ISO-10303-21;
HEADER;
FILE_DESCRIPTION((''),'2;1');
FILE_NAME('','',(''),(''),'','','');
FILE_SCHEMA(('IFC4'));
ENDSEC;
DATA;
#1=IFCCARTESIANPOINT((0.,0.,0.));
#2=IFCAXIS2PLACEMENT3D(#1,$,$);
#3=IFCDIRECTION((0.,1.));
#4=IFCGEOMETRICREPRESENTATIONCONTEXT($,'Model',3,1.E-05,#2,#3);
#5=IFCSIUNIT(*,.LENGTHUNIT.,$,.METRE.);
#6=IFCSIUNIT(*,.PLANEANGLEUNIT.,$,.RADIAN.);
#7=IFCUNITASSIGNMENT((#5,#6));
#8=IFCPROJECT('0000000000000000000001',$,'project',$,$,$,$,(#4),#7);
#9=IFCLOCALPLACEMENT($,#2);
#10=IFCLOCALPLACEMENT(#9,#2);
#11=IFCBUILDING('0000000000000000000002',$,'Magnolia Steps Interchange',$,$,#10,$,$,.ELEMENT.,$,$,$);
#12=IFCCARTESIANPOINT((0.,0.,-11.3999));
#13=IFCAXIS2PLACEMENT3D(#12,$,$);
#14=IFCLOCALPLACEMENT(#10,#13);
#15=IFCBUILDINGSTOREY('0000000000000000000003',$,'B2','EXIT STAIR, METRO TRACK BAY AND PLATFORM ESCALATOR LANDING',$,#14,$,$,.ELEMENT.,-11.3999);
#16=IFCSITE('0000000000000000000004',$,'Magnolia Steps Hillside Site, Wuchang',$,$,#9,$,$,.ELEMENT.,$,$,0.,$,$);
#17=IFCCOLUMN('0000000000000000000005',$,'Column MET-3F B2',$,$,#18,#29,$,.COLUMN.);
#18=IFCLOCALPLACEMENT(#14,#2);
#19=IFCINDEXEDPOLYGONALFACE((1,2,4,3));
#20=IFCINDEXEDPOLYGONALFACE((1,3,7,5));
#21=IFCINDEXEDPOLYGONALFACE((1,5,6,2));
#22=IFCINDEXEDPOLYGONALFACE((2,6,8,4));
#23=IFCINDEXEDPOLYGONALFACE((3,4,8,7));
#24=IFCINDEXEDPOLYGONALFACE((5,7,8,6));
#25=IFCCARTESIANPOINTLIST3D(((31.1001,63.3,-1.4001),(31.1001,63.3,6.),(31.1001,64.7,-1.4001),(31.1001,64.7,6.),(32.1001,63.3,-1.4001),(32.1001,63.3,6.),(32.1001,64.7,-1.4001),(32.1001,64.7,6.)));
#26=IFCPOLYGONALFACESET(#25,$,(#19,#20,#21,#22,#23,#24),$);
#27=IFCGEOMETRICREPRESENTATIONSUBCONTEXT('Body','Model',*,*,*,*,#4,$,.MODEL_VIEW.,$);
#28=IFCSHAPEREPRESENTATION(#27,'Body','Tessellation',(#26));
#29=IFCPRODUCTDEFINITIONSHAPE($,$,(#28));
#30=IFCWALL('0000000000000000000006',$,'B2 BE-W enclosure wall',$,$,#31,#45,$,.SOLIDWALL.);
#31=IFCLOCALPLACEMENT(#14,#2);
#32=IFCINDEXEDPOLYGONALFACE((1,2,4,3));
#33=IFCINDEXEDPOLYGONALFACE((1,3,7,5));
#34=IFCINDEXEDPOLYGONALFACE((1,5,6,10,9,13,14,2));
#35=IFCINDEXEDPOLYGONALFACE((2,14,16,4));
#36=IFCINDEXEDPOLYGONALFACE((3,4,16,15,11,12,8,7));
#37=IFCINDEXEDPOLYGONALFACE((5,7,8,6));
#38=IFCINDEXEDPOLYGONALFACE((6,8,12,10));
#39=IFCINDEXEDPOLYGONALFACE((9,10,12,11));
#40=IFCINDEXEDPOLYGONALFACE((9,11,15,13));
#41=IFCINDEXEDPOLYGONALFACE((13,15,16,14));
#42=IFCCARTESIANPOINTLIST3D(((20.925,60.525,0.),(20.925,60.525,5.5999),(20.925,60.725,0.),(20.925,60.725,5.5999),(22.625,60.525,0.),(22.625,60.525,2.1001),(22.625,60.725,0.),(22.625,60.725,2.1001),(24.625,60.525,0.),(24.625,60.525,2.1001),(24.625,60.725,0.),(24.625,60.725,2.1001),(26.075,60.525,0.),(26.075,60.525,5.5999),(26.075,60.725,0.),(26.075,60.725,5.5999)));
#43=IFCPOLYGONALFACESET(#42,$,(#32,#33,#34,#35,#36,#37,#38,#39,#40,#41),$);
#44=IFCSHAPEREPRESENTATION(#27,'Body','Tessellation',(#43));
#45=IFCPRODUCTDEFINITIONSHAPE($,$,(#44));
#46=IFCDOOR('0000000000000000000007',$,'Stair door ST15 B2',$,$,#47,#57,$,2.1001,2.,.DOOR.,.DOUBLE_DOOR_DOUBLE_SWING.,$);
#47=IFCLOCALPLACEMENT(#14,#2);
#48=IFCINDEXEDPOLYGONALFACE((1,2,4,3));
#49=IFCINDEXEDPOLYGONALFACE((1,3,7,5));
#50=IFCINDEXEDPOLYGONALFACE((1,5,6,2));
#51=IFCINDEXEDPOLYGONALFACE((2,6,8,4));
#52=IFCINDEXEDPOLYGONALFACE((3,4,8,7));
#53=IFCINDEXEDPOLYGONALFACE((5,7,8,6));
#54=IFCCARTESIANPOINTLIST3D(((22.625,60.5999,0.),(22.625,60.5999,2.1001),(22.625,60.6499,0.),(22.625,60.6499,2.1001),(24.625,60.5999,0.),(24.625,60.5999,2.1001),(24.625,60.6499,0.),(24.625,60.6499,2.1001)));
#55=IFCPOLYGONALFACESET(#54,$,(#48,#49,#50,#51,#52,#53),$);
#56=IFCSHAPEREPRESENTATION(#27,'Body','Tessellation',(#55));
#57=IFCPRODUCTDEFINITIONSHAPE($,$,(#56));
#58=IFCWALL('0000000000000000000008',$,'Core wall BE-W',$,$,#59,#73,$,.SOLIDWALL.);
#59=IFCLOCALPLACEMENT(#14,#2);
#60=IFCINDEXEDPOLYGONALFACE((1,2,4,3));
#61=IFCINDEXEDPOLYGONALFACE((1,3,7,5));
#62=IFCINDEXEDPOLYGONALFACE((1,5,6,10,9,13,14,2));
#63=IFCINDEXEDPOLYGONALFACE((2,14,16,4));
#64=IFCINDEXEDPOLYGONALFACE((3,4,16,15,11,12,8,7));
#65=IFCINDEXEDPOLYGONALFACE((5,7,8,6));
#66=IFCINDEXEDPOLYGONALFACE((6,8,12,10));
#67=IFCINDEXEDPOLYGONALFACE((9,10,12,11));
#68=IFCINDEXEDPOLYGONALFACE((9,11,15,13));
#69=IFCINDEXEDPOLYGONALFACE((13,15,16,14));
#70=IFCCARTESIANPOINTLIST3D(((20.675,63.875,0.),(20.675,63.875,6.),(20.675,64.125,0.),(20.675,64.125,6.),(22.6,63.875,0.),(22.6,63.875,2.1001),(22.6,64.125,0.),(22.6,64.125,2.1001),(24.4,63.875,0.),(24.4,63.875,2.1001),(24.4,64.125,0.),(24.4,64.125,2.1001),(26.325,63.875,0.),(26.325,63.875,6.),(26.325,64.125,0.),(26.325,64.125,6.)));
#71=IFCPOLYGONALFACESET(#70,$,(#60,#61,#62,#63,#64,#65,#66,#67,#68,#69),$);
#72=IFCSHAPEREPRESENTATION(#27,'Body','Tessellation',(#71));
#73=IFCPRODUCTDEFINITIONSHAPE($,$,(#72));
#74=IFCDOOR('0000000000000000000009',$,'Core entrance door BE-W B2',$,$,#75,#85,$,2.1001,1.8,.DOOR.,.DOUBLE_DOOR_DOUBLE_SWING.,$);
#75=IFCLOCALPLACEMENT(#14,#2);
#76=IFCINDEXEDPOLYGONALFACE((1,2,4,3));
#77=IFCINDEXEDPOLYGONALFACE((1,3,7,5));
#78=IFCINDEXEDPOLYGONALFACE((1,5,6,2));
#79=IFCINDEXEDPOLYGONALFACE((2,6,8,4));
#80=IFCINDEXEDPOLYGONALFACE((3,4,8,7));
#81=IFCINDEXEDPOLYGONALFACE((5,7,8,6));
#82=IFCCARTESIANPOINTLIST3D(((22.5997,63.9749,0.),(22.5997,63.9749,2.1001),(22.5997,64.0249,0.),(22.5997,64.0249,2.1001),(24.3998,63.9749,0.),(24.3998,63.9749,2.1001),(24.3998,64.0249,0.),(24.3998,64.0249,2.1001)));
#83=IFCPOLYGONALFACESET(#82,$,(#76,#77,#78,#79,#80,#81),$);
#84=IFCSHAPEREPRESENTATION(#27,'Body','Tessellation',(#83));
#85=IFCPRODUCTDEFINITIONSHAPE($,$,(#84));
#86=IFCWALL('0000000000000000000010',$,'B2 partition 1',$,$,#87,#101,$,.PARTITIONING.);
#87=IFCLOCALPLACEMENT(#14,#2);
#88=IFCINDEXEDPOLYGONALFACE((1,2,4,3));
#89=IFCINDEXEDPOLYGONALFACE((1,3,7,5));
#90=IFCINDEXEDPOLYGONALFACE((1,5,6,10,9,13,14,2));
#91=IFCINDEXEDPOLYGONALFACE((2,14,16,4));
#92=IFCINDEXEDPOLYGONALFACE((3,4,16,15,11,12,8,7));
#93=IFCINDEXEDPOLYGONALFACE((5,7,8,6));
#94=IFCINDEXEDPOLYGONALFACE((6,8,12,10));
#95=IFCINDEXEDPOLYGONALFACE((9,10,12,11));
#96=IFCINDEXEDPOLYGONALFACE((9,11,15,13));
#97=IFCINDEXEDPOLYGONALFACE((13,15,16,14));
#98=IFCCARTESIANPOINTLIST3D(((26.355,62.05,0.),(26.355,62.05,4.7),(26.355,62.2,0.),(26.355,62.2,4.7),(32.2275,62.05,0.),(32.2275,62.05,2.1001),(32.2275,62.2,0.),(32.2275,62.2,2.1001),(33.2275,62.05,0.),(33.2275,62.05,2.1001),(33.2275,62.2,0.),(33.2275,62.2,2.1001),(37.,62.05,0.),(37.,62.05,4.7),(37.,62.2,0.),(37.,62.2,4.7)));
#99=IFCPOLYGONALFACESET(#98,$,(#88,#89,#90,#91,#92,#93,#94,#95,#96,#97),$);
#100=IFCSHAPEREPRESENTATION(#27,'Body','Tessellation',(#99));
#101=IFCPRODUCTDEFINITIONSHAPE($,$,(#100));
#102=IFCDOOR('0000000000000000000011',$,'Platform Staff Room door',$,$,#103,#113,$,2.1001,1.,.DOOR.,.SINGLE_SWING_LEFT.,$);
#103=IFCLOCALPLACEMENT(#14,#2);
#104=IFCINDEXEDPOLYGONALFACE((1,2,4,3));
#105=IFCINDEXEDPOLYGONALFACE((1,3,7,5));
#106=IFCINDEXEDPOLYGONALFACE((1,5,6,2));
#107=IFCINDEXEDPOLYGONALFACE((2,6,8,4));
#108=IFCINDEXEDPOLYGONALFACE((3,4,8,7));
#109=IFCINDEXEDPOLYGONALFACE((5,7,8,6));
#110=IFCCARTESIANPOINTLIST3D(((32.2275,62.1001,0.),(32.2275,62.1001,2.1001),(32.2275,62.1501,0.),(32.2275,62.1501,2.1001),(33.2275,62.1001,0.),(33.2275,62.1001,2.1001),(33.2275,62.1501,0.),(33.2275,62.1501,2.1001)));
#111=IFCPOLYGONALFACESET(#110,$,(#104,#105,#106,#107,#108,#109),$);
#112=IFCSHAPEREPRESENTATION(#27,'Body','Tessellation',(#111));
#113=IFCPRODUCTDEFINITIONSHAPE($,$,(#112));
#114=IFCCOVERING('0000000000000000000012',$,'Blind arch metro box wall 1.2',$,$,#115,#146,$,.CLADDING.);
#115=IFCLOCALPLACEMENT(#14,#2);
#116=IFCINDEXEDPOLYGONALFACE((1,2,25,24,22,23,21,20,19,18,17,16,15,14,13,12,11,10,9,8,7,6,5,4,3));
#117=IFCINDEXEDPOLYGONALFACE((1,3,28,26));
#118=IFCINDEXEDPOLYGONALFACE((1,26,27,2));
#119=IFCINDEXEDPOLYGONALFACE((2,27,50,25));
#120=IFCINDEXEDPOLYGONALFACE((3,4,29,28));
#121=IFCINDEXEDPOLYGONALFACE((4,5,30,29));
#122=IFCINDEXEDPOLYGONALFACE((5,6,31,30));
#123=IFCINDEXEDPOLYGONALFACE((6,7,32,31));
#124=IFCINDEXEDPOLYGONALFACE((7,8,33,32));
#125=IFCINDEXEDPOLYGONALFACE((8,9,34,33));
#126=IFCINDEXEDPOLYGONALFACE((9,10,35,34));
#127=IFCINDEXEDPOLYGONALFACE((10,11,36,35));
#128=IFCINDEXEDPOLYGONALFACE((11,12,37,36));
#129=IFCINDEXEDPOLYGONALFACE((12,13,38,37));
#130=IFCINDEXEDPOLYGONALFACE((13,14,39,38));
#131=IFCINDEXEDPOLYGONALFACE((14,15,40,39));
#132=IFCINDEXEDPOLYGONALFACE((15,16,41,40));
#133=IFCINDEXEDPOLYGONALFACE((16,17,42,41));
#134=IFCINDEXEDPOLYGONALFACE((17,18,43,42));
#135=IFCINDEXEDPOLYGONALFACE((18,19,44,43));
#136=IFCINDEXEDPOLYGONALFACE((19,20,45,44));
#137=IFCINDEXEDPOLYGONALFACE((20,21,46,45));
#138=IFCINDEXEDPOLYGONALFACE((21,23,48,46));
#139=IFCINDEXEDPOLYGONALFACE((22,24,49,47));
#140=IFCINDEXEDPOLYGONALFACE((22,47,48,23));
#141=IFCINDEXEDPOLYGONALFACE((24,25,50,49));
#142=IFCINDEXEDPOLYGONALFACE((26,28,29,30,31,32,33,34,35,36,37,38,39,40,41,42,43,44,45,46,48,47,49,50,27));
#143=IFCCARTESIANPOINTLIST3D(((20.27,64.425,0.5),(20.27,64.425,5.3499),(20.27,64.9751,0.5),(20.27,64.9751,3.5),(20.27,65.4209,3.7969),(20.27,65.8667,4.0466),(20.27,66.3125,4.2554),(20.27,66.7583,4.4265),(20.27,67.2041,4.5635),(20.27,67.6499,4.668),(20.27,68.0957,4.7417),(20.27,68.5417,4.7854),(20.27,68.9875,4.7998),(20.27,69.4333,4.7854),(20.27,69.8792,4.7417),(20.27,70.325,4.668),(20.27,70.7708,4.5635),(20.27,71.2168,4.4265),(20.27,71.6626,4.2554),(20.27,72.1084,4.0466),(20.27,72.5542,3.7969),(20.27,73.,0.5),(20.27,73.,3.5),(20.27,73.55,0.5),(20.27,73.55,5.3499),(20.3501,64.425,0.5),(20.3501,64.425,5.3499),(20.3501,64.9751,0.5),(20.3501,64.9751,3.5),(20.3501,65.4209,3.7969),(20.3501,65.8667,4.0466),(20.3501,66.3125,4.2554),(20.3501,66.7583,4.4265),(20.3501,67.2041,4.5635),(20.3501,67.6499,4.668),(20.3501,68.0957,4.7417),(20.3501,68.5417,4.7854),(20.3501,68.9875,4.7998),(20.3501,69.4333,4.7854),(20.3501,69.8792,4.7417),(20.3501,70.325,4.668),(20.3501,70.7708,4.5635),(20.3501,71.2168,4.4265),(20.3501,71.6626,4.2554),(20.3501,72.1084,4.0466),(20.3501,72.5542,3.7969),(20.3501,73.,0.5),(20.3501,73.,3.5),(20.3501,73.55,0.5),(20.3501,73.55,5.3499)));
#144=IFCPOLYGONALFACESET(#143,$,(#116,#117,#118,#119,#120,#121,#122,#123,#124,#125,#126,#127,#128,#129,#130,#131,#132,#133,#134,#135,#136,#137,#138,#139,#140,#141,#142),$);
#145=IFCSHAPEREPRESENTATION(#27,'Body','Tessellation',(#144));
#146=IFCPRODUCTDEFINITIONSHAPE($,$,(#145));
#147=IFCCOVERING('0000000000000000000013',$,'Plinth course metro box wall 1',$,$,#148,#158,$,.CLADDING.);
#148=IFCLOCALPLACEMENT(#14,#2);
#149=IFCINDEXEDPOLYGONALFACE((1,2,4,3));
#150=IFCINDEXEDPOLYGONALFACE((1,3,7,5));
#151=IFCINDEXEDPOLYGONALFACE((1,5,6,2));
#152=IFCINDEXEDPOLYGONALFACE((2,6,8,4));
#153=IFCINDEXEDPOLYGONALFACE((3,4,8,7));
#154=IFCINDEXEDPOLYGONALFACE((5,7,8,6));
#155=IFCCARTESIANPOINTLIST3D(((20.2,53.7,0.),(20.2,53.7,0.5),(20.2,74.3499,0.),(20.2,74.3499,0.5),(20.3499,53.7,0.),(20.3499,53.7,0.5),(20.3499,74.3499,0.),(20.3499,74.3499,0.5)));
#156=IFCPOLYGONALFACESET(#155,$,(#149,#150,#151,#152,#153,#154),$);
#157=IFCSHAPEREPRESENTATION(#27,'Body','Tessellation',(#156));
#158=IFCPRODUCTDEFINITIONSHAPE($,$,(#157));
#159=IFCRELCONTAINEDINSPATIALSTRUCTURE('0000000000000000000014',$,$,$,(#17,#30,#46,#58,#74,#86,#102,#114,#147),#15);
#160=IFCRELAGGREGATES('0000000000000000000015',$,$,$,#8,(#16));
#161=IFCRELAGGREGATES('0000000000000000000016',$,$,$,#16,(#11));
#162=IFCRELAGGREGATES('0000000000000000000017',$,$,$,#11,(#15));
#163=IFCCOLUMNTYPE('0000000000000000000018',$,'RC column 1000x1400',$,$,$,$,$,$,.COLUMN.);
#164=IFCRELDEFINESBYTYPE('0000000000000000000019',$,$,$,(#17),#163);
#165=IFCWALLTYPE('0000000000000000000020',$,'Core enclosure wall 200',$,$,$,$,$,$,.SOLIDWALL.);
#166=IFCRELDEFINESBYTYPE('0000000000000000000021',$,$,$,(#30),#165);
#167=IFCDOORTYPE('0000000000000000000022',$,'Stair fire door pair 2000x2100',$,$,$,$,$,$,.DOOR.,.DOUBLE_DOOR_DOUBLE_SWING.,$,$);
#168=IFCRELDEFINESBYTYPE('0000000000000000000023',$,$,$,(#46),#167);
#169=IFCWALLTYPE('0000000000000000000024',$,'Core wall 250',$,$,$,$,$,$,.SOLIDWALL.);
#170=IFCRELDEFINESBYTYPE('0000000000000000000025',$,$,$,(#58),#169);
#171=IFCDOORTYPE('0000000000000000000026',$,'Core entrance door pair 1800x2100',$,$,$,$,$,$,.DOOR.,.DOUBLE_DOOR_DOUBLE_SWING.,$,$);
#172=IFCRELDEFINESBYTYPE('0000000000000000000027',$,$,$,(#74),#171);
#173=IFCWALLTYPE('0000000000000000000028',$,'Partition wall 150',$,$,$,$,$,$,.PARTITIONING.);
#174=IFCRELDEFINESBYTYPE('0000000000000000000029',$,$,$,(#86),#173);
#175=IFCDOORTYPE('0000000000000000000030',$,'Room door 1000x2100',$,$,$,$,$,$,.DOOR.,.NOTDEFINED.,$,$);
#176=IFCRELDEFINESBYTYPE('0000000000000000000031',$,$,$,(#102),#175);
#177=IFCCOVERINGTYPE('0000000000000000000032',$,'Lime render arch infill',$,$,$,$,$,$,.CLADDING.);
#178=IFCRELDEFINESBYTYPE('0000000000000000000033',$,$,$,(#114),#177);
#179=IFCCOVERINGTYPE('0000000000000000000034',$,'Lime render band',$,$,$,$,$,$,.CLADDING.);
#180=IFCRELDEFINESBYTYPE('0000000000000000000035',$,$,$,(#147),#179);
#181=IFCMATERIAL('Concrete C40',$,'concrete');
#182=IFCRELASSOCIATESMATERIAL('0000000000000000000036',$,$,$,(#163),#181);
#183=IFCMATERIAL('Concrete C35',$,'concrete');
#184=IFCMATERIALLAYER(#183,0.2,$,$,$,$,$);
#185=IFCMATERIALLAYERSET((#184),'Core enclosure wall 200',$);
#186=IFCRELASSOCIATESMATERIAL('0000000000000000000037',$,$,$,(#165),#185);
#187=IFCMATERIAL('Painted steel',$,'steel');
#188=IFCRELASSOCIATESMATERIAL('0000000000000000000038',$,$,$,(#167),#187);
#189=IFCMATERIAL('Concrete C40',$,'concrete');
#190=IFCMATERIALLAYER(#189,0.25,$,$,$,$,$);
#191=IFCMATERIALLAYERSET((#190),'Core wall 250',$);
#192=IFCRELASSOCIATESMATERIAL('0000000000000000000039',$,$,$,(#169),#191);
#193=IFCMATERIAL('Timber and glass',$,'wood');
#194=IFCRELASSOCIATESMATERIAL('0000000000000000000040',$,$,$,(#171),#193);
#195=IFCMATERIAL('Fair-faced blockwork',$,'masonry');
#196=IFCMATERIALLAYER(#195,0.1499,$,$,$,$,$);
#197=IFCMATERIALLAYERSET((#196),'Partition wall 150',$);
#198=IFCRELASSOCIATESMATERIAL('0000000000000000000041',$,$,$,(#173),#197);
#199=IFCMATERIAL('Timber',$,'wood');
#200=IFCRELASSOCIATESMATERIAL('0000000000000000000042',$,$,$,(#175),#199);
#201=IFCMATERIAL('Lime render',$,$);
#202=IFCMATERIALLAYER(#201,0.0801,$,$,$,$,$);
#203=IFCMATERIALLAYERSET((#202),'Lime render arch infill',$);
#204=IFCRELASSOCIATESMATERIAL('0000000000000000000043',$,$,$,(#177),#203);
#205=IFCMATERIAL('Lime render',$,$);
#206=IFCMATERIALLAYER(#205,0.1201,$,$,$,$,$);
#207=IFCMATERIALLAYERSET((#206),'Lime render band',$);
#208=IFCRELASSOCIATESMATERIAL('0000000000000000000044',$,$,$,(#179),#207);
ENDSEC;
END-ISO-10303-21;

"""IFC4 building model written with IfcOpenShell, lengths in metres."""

from ifc_helpers import new_model, si_unit, direction, frame, frame_2d, origin, origin_2d, place, context, subcontext, project, spatial, polyline, rectangle, outline, extrude, material, layer, layer_set, material_profile, profile_set, type_object, element, fill, save


model = new_model("IFC4")

# Units and contexts
model_context = context("Model", 3, precision=1e-05, world=origin(), true_north=direction((0.0, 1.0)))
body_context = subcontext(model_context, "Body", "Model", "MODEL_VIEW")
ifc_project = project(units=[si_unit("LENGTHUNIT", "METRE"), si_unit("PLANEANGLEUNIT", "RADIAN")], contexts=[model_context])

# Site, building, storey
site_placement = place(None, origin())
site = spatial("IfcSite", under=ifc_project, at=site_placement, Name="Magnolia Steps Hillside Site, Wuchang", CompositionType="ELEMENT", RefElevation=0.0)
building_placement = place(site_placement, origin())
building = spatial("IfcBuilding", under=site, at=building_placement, Name="Magnolia Steps Interchange", CompositionType="ELEMENT")
storey_placement = place(building_placement, frame((0.0, 0.0, -11.3999)))
storey = spatial("IfcBuildingStorey", under=building, at=storey_placement, Name="B2", Description="EXIT STAIR, METRO TRACK BAY AND PLATFORM ESCALATOR LANDING", CompositionType="ELEMENT", Elevation=-11.3999)

# Column
ifc_material_1 = material(Name="Concrete C40", Category="concrete")
ifc_material_profile_1 = material_profile(ifc_material_1, rectangle(XDim=1.0, YDim=1.3999, at=origin_2d()), Name="RC1000x1400")
ifc_profile_set_1 = profile_set([ifc_material_profile_1], Name="Concrete C40")
column_type = type_object("IfcColumnType", Name="RC column 1000x1400", PredefinedType="COLUMN", material=ifc_profile_set_1)
column_placement = place(storey_placement, frame((31.6001, 64.0, -1.4001), z_axis=(0.0, 0.0, 1.0), x_axis=(1.0, 0.0, 0.0)))
element("IfcColumn", 1, at=column_placement, inside=storey, type_object=column_type, Name="Column MET-3F B2", PredefinedType="COLUMN", context=body_context, shape_type="SweptSolid", body=[
    extrude(rectangle(XDim=1.0, YDim=1.3999, at=origin_2d()), origin(), (0.0, 0.0, 1.0), 7.4001),
])

# Walls, openings, doors
ifc_material_2 = material(Name="Concrete C35", Category="concrete")
ifc_layer_1 = layer(ifc_material_2, 0.2)
ifc_layer_set_1 = layer_set([ifc_layer_1], Name="Core enclosure wall 200")
wall_type_1 = type_object("IfcWallType", Name="Core enclosure wall 200", PredefinedType="SOLIDWALL", material=ifc_layer_set_1)
wall_1_placement = place(storey_placement, frame((26.075, 60.625, 0.0), z_axis=(0.0, 0.0, 1.0), x_axis=(-1.0, 0.0, 0.0)))
wall_1 = element("IfcWall", 2, at=wall_1_placement, inside=storey, type_object=wall_type_1, Name="B2 BE-W enclosure wall", PredefinedType="SOLIDWALL", context=body_context, shape_type="SweptSolid", body=[
    extrude(rectangle(XDim=5.1499, YDim=0.2, at=frame_2d((2.575, 0.0))), origin(), (0.0, 0.0, 1.0), 5.5999),
])
opening_1_placement = place(wall_1_placement, frame((1.45, 0.0, 0.0)))
opening_1 = element("IfcOpeningElement", 3, at=opening_1_placement, cuts=wall_1, PredefinedType="OPENING", context=body_context, shape_type="SweptSolid", body=[
    extrude(rectangle(XDim=2.0, YDim=2.1001, at=frame_2d((1.0, 1.05))), frame((0.0, 0.1099, 0.0), z_axis=(0.0, -1.0, 0.0), x_axis=(1.0, 0.0, 0.0)), (0.0, 0.0, 1.0), 0.22),
])
ifc_material_3 = material(Name="Painted steel", Category="steel")
door_type_1 = type_object("IfcDoorType", Name="Stair fire door pair 2000x2100", OperationType="DOUBLE_DOOR_DOUBLE_SWING", PredefinedType="DOOR", material=ifc_material_3)
door_1_placement = place(opening_1_placement, frame((2.0, 0.0, 0.0), z_axis=(0.0, 0.0, 1.0), x_axis=(-1.0, 0.0, 0.0)))
door_1 = element("IfcDoor", 4, at=door_1_placement, inside=storey, type_object=door_type_1, Name="Stair door ST15 B2", OperationType="DOUBLE_DOOR_DOUBLE_SWING", OverallHeight=2.1001, OverallWidth=2.0, PredefinedType="DOOR", context=body_context, shape_type="SweptSolid", body=[
    extrude(rectangle(XDim=2.0, YDim=2.1001, at=frame_2d((1.0, 1.05))), frame((0.0, 0.0249, 0.0), z_axis=(0.0, -1.0, 0.0), x_axis=(1.0, 0.0, 0.0)), (0.0, 0.0, 1.0), 0.05),
])
fill(opening_1, door_1)
ifc_material_4 = material(Name="Concrete C40", Category="concrete")
ifc_layer_2 = layer(ifc_material_4, 0.25)
ifc_layer_set_2 = layer_set([ifc_layer_2], Name="Core wall 250")
wall_type_2 = type_object("IfcWallType", Name="Core wall 250", PredefinedType="SOLIDWALL", material=ifc_layer_set_2)
wall_2_placement = place(storey_placement, frame((26.325, 64.0, 0.0), z_axis=(0.0, 0.0, 1.0), x_axis=(-1.0, 0.0, 0.0)))
wall_2 = element("IfcWall", 5, at=wall_2_placement, inside=storey, type_object=wall_type_2, Name="Core wall BE-W", PredefinedType="SOLIDWALL", context=body_context, shape_type="SweptSolid", body=[
    extrude(rectangle(XDim=5.6499, YDim=0.25, at=frame_2d((2.825, 0.0))), origin(), (0.0, 0.0, 1.0), 6.0),
])
opening_2_placement = place(wall_2_placement, frame((1.925, 0.0, 0.0)))
opening_2 = element("IfcOpeningElement", 6, at=opening_2_placement, cuts=wall_2, PredefinedType="OPENING", context=body_context, shape_type="SweptSolid", body=[
    extrude(rectangle(XDim=1.8, YDim=2.1001, at=frame_2d((0.8999, 1.05))), frame((0.0, 0.135, 0.0), z_axis=(0.0, -1.0, 0.0), x_axis=(1.0, 0.0, 0.0)), (0.0, 0.0, 1.0), 0.27),
])
ifc_material_5 = material(Name="Timber and glass", Category="wood")
door_type_2 = type_object("IfcDoorType", Name="Core entrance door pair 1800x2100", OperationType="DOUBLE_DOOR_DOUBLE_SWING", PredefinedType="DOOR", material=ifc_material_5)
door_2_placement = place(opening_2_placement, frame((1.8, 0.0, 0.0), z_axis=(0.0, 0.0, 1.0), x_axis=(-1.0, 0.0, 0.0)))
door_2 = element("IfcDoor", 7, at=door_2_placement, inside=storey, type_object=door_type_2, Name="Core entrance door BE-W B2", OperationType="DOUBLE_DOOR_DOUBLE_SWING", OverallHeight=2.1001, OverallWidth=1.8, PredefinedType="DOOR", context=body_context, shape_type="SweptSolid", body=[
    extrude(rectangle(XDim=1.8, YDim=2.1001, at=frame_2d((0.8999, 1.05))), frame((0.0, 0.0249, 0.0), z_axis=(0.0, -1.0, 0.0), x_axis=(1.0, 0.0, 0.0)), (0.0, 0.0, 1.0), 0.05),
])
fill(opening_2, door_2)
ifc_material_6 = material(Name="Fair-faced blockwork", Category="masonry")
ifc_layer_3 = layer(ifc_material_6, 0.1499)
ifc_layer_set_3 = layer_set([ifc_layer_3], Name="Partition wall 150")
wall_type_3 = type_object("IfcWallType", Name="Partition wall 150", PredefinedType="PARTITIONING", material=ifc_layer_set_3)
wall_3_placement = place(storey_placement, frame((26.355, 62.125, 0.0), z_axis=(0.0, 0.0, 1.0), x_axis=(1.0, 0.0, 0.0)))
wall_3 = element("IfcWall", 8, at=wall_3_placement, inside=storey, type_object=wall_type_3, Name="B2 partition 1", PredefinedType="PARTITIONING", context=body_context, shape_type="SweptSolid", body=[
    extrude(rectangle(XDim=10.645, YDim=0.1499, at=frame_2d((5.3225, 0.0))), origin(), (0.0, 0.0, 1.0), 4.7),
])
opening_3_placement = place(wall_3_placement, frame((5.8726, 0.0, 0.0)))
opening_3 = element("IfcOpeningElement", 9, at=opening_3_placement, cuts=wall_3, PredefinedType="OPENING", context=body_context, shape_type="SweptSolid", body=[
    extrude(rectangle(XDim=1.0, YDim=2.1001, at=frame_2d((0.5, 1.05))), frame((0.0, 0.085, 0.0), z_axis=(0.0, -1.0, 0.0), x_axis=(1.0, 0.0, 0.0)), (0.0, 0.0, 1.0), 0.1699),
])
ifc_material_7 = material(Name="Timber", Category="wood")
door_type_3 = type_object("IfcDoorType", Name="Room door 1000x2100", OperationType="NOTDEFINED", PredefinedType="DOOR", material=ifc_material_7)
door_3_placement = place(opening_3_placement, frame((1.0, 0.0, 0.0), z_axis=(0.0, 0.0, 1.0), x_axis=(-1.0, 0.0, 0.0)))
door_3 = element("IfcDoor", 10, at=door_3_placement, inside=storey, type_object=door_type_3, Name="Platform Staff Room door", OperationType="SINGLE_SWING_LEFT", OverallHeight=2.1001, OverallWidth=1.0, PredefinedType="DOOR", context=body_context, shape_type="SweptSolid", body=[
    extrude(rectangle(XDim=1.0, YDim=2.1001, at=frame_2d((0.5, 1.05))), frame((0.0, 0.0249, 0.0), z_axis=(0.0, -1.0, 0.0), x_axis=(1.0, 0.0, 0.0)), (0.0, 0.0, 1.0), 0.05),
])
fill(opening_3, door_3)

# Coverings
ifc_material_8 = material(Name="Lime render")
ifc_layer_4 = layer(ifc_material_8, 0.0801)
ifc_layer_set_4 = layer_set([ifc_layer_4], Name="Lime render arch infill")
covering_type_1 = type_object("IfcCoveringType", Name="Lime render arch infill", PredefinedType="CLADDING", material=ifc_layer_set_4)
covering_1_placement = place(storey_placement, frame((20.3501, 64.9751, 0.5), z_axis=(1.0, 0.0, 0.0), x_axis=(0.0, 0.0, 1.0)))
element("IfcCovering", 11, at=covering_1_placement, inside=storey, type_object=covering_type_1, Name="Blind arch metro box wall 1.2", PredefinedType="CLADDING", context=body_context, shape_type="SweptSolid", body=[
    extrude(outline(polyline([(0.0, 0.0), (3.0, 0.0), (3.2969, -0.4458), (3.5466, -0.8916), (3.7554, -1.3374), (3.9265, -1.7832), (4.0635, -2.229), (4.168, -2.6748), (4.2417, -3.1206), (4.2854, -3.5667), (4.2998, -4.0125), (4.2854, -4.4583), (4.2417, -4.9041), (4.168, -5.3499), (4.0635, -5.7957), (3.9265, -6.2417), (3.7554, -6.6875), (3.5466, -7.1333), (3.2969, -7.5791), (3.0, -8.0249), (0.0, -8.0249), (0.0, -8.575), (4.8499, -8.575), (4.8499, 0.55), (0.0, 0.55), (0.0, 0.0)])), origin(), (0.0, 0.0, -1.0), 0.0801),
])
ifc_material_9 = material(Name="Lime render")
ifc_layer_5 = layer(ifc_material_9, 0.1201)
ifc_layer_set_5 = layer_set([ifc_layer_5], Name="Lime render band")
covering_type_2 = type_object("IfcCoveringType", Name="Lime render band", PredefinedType="CLADDING", material=ifc_layer_set_5)
covering_2_placement = place(storey_placement, frame((20.2749, 64.0249, 0.0), z_axis=(0.0, 0.0, 1.0), x_axis=(1.0, 0.0, 0.0)))
element("IfcCovering", 12, at=covering_2_placement, inside=storey, type_object=covering_type_2, Name="Plinth course metro box wall 1", PredefinedType="CLADDING", context=body_context, shape_type="SweptSolid", body=[
    extrude(rectangle(XDim=0.1499, YDim=20.6499, at=origin_2d()), origin(), (0.0, 0.0, 1.0), 0.5),
])

save(model, "model.ifc")
